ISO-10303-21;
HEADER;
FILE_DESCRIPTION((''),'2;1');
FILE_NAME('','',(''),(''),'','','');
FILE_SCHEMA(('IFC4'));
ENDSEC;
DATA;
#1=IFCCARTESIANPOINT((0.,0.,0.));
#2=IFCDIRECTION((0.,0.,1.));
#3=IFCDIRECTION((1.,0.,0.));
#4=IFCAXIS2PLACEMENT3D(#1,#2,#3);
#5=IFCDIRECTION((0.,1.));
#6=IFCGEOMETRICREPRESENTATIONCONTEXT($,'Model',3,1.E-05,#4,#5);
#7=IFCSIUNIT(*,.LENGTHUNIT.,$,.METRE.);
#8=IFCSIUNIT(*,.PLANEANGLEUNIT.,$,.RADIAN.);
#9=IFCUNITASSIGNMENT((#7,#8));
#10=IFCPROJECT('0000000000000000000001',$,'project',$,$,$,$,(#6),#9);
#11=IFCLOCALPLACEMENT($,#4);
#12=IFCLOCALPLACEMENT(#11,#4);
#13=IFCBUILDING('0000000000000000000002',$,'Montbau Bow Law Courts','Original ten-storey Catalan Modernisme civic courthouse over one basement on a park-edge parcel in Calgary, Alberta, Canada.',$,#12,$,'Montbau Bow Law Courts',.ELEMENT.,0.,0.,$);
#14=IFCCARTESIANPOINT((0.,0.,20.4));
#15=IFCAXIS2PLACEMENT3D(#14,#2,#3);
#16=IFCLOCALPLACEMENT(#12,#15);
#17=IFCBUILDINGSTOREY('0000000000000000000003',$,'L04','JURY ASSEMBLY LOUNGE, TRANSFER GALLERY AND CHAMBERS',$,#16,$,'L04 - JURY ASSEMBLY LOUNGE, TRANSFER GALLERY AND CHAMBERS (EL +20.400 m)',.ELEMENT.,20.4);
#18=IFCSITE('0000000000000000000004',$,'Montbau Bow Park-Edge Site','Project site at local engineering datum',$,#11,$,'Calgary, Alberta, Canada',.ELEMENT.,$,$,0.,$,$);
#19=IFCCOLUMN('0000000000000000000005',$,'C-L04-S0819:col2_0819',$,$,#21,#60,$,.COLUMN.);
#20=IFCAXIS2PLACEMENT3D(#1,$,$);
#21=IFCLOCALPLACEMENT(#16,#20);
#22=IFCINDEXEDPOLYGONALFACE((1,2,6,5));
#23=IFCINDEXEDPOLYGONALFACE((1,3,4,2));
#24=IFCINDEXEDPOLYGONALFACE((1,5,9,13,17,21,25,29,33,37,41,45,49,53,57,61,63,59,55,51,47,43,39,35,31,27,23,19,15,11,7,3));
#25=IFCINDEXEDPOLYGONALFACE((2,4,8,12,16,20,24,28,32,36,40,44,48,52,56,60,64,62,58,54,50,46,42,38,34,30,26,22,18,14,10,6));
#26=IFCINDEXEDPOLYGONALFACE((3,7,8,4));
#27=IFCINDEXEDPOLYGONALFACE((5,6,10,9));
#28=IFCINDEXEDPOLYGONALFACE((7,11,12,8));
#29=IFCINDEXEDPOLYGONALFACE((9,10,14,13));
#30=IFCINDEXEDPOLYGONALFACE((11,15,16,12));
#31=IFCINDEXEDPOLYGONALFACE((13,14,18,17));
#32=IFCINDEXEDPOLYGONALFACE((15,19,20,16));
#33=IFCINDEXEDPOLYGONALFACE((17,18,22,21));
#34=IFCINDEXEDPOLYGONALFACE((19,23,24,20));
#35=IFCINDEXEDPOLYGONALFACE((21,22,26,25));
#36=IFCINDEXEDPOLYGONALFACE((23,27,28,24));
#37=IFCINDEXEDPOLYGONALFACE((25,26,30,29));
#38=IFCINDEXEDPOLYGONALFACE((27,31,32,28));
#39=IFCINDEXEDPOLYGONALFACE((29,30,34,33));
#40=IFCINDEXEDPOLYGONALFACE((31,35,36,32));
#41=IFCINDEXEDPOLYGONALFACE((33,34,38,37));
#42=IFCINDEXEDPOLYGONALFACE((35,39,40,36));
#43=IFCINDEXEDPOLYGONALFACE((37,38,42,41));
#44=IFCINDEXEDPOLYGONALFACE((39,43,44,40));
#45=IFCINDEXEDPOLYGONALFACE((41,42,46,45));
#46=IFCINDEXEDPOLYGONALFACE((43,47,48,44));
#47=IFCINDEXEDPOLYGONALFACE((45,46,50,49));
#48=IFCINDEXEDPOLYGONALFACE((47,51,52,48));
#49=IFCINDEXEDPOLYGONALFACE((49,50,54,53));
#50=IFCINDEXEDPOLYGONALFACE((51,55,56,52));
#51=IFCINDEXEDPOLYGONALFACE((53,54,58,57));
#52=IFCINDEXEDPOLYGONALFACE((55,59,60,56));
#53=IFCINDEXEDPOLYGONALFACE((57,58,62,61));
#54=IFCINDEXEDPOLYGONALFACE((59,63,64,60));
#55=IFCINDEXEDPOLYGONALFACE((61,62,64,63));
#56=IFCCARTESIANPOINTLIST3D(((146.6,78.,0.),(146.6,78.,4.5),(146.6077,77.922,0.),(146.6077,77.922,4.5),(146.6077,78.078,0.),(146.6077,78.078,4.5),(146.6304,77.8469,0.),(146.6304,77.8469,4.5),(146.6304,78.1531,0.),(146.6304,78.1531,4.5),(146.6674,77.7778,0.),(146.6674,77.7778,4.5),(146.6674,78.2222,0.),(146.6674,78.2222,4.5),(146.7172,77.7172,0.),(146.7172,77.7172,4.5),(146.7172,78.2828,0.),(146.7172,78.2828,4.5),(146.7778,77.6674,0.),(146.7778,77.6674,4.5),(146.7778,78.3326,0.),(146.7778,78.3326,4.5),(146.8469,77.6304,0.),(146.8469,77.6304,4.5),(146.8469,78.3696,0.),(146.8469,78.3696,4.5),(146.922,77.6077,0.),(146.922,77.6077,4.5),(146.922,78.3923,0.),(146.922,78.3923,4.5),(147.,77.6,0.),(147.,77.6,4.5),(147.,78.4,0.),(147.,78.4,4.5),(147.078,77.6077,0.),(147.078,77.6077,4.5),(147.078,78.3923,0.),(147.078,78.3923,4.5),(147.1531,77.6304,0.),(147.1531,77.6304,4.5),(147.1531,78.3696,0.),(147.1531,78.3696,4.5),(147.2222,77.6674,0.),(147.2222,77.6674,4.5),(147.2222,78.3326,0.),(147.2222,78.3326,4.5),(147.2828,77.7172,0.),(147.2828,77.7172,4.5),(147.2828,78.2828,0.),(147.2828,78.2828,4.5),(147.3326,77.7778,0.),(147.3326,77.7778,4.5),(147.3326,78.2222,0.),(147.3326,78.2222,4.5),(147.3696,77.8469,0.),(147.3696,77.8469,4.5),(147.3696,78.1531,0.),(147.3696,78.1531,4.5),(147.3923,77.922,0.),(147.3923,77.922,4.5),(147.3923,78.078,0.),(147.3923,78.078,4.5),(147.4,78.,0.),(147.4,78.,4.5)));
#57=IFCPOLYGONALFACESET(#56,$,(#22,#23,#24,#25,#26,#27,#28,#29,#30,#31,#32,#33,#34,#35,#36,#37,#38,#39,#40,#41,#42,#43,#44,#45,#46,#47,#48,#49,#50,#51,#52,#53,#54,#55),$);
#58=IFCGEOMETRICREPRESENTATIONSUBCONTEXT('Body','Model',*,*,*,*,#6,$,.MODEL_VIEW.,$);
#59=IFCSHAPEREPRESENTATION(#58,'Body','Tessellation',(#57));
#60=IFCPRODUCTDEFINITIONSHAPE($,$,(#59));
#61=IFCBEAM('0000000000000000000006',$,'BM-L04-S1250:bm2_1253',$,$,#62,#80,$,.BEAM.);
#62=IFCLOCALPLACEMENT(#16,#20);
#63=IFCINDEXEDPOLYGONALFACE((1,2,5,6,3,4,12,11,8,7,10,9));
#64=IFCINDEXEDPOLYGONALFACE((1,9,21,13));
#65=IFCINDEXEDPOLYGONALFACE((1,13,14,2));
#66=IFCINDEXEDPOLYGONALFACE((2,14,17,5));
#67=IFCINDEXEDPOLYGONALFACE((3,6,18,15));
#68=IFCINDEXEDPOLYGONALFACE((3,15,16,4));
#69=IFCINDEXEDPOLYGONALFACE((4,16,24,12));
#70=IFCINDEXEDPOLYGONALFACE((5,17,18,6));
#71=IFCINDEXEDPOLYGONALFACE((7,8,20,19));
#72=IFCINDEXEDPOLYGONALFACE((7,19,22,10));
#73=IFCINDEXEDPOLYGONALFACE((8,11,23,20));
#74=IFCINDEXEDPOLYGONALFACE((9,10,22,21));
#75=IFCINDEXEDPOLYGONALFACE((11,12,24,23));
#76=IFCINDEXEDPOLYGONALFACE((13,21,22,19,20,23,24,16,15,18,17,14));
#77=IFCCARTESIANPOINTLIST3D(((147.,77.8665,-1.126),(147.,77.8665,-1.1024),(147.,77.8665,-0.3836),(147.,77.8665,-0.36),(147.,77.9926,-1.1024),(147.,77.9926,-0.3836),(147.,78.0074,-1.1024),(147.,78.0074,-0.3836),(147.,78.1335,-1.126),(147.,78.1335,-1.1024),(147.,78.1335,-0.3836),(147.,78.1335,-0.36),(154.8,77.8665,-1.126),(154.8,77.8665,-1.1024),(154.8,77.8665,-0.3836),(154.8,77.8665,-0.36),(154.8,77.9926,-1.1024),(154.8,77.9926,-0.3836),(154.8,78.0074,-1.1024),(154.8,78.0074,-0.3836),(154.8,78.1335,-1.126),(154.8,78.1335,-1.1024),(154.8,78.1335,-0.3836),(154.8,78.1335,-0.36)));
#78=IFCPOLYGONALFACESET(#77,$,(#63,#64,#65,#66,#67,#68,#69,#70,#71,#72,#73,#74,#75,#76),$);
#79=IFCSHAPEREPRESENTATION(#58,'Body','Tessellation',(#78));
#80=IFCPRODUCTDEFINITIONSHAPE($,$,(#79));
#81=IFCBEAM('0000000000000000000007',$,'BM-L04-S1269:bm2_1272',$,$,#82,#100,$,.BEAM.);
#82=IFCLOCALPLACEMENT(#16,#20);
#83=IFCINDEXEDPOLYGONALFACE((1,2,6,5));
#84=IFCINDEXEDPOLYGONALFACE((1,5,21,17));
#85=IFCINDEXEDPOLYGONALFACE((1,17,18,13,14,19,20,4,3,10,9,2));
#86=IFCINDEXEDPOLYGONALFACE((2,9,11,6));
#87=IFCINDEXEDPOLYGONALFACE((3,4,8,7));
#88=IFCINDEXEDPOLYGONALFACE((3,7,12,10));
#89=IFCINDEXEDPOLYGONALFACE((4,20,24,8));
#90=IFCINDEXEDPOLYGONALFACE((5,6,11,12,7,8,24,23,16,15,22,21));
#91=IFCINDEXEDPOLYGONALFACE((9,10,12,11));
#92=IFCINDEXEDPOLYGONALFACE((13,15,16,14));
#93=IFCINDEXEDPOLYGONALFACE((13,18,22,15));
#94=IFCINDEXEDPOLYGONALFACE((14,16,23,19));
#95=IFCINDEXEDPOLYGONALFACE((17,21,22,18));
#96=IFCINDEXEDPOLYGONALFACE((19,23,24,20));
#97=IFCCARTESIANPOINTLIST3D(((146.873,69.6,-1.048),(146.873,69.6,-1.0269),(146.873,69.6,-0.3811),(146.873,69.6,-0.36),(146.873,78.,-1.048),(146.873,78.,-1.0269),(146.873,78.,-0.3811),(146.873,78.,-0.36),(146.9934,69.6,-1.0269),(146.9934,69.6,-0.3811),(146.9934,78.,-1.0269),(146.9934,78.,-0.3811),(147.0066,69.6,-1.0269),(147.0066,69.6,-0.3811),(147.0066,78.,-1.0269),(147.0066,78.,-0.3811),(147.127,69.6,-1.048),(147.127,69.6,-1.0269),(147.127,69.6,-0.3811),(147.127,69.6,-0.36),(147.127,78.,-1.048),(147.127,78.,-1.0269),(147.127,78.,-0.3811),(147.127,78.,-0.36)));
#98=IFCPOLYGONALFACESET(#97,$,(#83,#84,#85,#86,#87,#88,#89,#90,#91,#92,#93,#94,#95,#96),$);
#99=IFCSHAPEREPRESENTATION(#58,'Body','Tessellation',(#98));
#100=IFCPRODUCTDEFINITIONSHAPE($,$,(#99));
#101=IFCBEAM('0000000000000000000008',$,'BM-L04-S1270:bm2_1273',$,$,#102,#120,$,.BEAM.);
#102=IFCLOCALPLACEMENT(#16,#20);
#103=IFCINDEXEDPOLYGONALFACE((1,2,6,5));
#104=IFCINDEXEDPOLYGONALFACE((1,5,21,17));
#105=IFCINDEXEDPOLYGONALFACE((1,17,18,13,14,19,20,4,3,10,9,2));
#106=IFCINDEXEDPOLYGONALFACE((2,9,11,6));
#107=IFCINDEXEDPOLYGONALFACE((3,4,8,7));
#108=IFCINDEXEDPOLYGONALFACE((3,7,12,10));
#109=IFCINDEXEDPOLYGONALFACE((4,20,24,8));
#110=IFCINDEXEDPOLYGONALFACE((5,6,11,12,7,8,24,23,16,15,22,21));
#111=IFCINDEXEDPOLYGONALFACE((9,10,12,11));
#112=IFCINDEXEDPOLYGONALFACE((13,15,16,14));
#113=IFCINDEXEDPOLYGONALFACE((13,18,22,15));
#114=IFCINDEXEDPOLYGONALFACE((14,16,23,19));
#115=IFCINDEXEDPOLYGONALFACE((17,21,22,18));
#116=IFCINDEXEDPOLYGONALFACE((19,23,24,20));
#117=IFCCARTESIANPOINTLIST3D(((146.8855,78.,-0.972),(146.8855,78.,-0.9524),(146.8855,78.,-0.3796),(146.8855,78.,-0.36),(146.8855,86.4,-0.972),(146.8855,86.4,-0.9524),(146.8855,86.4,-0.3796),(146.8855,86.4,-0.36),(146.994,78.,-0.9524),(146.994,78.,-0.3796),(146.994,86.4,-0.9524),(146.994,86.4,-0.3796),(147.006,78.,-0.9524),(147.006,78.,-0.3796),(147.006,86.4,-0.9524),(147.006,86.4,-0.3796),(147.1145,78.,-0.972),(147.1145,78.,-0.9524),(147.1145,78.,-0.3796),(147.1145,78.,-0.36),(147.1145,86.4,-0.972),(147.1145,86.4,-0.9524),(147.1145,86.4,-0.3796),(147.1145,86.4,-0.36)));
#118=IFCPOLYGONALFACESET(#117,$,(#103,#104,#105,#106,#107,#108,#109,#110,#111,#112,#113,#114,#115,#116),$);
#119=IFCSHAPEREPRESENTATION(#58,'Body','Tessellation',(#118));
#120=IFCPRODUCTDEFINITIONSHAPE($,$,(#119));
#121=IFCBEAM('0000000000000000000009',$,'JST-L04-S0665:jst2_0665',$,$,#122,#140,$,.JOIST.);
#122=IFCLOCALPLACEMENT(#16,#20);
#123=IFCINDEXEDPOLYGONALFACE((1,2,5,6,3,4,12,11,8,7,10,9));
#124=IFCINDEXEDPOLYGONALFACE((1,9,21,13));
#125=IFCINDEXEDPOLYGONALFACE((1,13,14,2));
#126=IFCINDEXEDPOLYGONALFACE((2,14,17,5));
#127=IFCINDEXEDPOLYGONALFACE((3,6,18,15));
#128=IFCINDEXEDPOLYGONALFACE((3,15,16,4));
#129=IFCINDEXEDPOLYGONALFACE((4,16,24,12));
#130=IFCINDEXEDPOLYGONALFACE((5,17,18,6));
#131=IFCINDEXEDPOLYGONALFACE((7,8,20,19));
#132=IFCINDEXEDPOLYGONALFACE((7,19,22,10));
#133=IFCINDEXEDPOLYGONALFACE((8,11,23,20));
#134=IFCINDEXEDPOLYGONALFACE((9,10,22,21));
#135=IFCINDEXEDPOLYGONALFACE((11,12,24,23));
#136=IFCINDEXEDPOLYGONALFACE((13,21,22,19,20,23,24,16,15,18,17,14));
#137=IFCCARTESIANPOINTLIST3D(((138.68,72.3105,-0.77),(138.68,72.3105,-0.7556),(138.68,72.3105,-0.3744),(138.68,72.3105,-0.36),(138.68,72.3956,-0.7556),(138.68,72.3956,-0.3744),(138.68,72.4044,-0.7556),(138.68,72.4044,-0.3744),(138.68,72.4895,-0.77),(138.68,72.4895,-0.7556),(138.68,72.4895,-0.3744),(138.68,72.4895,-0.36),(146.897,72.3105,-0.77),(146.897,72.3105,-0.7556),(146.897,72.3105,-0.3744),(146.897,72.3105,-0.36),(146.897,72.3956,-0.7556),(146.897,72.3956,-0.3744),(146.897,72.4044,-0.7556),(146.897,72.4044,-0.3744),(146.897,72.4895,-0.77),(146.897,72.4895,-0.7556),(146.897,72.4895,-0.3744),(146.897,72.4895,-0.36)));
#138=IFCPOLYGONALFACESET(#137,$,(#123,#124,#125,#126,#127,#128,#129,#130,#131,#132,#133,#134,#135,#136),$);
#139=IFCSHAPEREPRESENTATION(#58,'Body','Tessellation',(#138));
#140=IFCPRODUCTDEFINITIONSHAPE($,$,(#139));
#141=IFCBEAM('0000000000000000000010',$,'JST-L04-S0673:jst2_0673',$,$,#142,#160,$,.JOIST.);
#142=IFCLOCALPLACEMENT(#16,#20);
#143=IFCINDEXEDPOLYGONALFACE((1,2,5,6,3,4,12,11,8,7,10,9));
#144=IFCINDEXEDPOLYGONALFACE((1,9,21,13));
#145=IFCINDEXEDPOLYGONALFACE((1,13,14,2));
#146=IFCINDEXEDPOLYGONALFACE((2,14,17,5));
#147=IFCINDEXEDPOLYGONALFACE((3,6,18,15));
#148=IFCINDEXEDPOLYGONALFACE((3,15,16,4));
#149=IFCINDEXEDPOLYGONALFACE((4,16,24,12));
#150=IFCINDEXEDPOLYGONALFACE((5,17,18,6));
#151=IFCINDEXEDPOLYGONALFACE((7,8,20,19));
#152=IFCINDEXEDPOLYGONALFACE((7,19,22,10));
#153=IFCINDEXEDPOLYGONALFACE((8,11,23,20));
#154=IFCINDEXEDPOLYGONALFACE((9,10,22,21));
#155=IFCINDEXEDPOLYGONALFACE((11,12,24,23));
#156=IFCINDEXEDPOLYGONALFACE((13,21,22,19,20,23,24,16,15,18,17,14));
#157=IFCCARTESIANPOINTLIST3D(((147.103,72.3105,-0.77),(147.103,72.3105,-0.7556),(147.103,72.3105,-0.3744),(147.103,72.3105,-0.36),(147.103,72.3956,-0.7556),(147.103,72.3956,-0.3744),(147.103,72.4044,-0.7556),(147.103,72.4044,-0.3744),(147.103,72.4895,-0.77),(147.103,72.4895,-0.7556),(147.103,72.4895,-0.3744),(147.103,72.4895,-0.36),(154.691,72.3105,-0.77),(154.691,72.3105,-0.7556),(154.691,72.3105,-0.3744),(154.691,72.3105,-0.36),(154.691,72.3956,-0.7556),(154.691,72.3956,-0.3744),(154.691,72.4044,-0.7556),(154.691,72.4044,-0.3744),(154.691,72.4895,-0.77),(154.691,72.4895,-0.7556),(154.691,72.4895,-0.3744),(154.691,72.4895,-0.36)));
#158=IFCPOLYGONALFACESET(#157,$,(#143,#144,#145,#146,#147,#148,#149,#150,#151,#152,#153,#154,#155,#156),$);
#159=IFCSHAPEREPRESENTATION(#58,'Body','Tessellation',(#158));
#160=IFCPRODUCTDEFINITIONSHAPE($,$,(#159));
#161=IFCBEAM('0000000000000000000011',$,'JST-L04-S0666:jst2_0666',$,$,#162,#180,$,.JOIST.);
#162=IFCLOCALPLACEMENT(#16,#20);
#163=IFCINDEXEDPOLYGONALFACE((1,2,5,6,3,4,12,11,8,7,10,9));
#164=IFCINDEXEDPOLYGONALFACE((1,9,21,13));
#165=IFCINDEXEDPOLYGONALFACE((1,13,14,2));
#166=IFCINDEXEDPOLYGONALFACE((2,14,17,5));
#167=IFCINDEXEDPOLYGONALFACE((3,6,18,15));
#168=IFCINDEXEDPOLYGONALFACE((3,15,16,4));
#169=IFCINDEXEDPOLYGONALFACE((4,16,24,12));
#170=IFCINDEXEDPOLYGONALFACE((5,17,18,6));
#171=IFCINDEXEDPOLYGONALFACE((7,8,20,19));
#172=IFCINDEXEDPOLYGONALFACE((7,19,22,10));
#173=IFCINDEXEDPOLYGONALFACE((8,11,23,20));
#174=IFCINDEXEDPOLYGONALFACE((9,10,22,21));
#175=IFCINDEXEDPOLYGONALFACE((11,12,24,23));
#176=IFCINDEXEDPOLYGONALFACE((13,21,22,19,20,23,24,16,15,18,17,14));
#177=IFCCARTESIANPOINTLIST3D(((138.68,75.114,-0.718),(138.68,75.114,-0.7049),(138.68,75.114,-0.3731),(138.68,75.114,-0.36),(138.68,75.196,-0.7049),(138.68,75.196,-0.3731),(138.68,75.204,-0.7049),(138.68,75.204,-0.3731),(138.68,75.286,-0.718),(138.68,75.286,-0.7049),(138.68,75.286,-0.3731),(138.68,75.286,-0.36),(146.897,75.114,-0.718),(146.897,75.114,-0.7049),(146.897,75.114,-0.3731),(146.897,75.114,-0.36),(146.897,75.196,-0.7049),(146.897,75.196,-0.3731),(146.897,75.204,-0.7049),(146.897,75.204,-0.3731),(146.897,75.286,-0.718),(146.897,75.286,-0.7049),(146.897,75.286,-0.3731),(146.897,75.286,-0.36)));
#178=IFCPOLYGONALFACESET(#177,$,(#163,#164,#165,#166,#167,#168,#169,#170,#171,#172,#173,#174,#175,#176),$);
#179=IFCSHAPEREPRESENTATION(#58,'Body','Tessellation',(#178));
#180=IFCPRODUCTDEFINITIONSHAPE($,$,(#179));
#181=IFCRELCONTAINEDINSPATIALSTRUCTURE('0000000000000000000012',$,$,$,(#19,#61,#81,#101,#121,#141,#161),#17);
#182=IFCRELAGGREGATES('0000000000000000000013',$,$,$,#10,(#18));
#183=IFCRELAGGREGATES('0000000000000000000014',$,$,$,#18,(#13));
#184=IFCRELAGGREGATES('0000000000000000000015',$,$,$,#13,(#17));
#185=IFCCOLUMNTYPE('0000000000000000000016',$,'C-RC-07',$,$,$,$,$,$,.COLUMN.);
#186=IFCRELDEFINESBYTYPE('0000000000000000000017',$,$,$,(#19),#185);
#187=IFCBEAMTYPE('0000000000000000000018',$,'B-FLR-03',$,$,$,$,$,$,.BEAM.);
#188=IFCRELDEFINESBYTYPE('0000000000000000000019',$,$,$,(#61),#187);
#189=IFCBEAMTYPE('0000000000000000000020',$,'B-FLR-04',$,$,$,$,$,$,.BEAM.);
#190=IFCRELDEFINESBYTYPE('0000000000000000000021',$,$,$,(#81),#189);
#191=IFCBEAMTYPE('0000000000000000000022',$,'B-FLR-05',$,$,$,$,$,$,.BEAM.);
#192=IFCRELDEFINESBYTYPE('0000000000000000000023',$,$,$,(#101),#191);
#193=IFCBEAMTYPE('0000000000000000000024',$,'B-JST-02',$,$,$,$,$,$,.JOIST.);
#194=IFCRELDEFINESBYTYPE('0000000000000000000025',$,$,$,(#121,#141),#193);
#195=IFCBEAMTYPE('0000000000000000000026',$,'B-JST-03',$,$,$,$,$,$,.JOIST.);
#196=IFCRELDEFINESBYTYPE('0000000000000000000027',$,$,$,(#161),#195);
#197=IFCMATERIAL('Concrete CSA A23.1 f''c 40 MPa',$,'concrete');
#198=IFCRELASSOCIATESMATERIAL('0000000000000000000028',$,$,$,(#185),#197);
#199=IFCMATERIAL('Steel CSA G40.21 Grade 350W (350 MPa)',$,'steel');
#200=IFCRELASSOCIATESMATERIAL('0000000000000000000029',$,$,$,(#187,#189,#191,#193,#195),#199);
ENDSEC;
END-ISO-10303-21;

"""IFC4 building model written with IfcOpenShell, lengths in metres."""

from ifc_helpers import new_model, si_unit, direction, frame, origin_with_axes, origin_2d_with_axis, place, context, subcontext, project, spatial, circle, i_section, extrude, material, material_profile, profile_set, type_object, element, save


model = new_model("IFC4")

# Units and contexts
model_context = context("Model", 3, precision=1e-05, world=origin_with_axes(), true_north=direction((0.0, 1.0)))
body_context = subcontext(model_context, "Body", "Model", "MODEL_VIEW")
ifc_project = project(units=[si_unit("LENGTHUNIT", "METRE"), si_unit("PLANEANGLEUNIT", "RADIAN")], contexts=[model_context])

# Site, building, storey
site_placement = place(None, origin_with_axes())
site = spatial("IfcSite", under=ifc_project, at=site_placement, Name="Montbau Bow Park-Edge Site", Description="Project site at local engineering datum", LongName="Calgary, Alberta, Canada", CompositionType="ELEMENT", RefElevation=0.0)
building_placement = place(site_placement, origin_with_axes())
building = spatial("IfcBuilding", under=site, at=building_placement, Name="Montbau Bow Law Courts", Description="Original ten-storey Catalan Modernisme civic courthouse over one basement on a park-edge parcel in Calgary, Alberta, Canada.", LongName="Montbau Bow Law Courts", CompositionType="ELEMENT", ElevationOfRefHeight=0.0, ElevationOfTerrain=0.0)
storey_placement = place(building_placement, frame((0.0, 0.0, 20.4), z_axis=(0.0, 0.0, 1.0), x_axis=(1.0, 0.0, 0.0)))
storey = spatial("IfcBuildingStorey", under=building, at=storey_placement, Name="L04", Description="JURY ASSEMBLY LOUNGE, TRANSFER GALLERY AND CHAMBERS", LongName="L04 - JURY ASSEMBLY LOUNGE, TRANSFER GALLERY AND CHAMBERS (EL +20.400 m)", CompositionType="ELEMENT", Elevation=20.4)

# Column
ifc_material_1 = material(Name="Concrete CSA A23.1 f'c 40 MPa", Category="concrete")
ifc_material_profile_1 = material_profile(ifc_material_1, circle(Radius=0.4, at=origin_2d_with_axis()), Name="RC800D", Category="Main", Priority=0)
ifc_profile_set_1 = profile_set([ifc_material_profile_1], Name="Concrete CSA A23.1 f'c 40 MPa")
column_type = type_object("IfcColumnType", Name="C-RC-07", PredefinedType="COLUMN", material=ifc_profile_set_1)
column_placement = place(None, frame((147.0, 78.0, 20.4), z_axis=(0.0, 0.0, 1.0), x_axis=(1.0, 0.0, 0.0)))
element("IfcColumn", 1, at=column_placement, inside=storey, type_object=column_type, Name="C-L04-S0819:col2_0819", PredefinedType="COLUMN", context=body_context, shape_type="SweptSolid", body=[
    extrude(circle(Radius=0.4, at=origin_2d_with_axis()), origin_with_axes(), (0.0, 0.0, 1.0), 4.5),
])

# Beams
ifc_material_2 = material(Name="Steel CSA G40.21 Grade 350W (350 MPa)", Category="steel")
ifc_material_profile_2 = material_profile(ifc_material_2, i_section(OverallWidth=0.267, OverallDepth=0.766, WebThickness=0.0149, FlangeThickness=0.0236, at=origin_2d_with_axis()), Name="W760X185", Category="Main", Priority=0)
ifc_profile_set_2 = profile_set([ifc_material_profile_2], Name="Steel CSA G40.21 Grade 350W (350 MPa)")
beam_type_1 = type_object("IfcBeamType", Name="B-FLR-03", PredefinedType="BEAM", material=ifc_profile_set_2)
beam_1_placement = place(None, frame((147.0, 78.0, 19.657), z_axis=(1.0, 0.0, 0.0), x_axis=(0.0, 1.0, 0.0)))
element("IfcBeam", 2, at=beam_1_placement, inside=storey, type_object=beam_type_1, Name="BM-L04-S1250:bm2_1253", PredefinedType="BEAM", context=body_context, shape_type="SweptSolid", body=[
    extrude(i_section(OverallWidth=0.267, OverallDepth=0.766, WebThickness=0.0149, FlangeThickness=0.0236, at=origin_2d_with_axis()), origin_with_axes(), (0.0, 0.0, 1.0), 7.8),
])
ifc_material_profile_3 = material_profile(ifc_material_2, i_section(OverallWidth=0.254, OverallDepth=0.688, WebThickness=0.0131, FlangeThickness=0.0211, at=origin_2d_with_axis()), Name="W690X152", Category="Main", Priority=0)
ifc_profile_set_3 = profile_set([ifc_material_profile_3], Name="Steel CSA G40.21 Grade 350W (350 MPa)")
beam_type_2 = type_object("IfcBeamType", Name="B-FLR-04", PredefinedType="BEAM", material=ifc_profile_set_3)
beam_2_placement = place(None, frame((147.0, 69.6, 19.696), z_axis=(0.0, 1.0, 0.0), x_axis=(-1.0, 0.0, 0.0)))
element("IfcBeam", 3, at=beam_2_placement, inside=storey, type_object=beam_type_2, Name="BM-L04-S1269:bm2_1272", PredefinedType="BEAM", context=body_context, shape_type="SweptSolid", body=[
    extrude(i_section(OverallWidth=0.254, OverallDepth=0.688, WebThickness=0.0131, FlangeThickness=0.0211, at=origin_2d_with_axis()), origin_with_axes(), (0.0, 0.0, 1.0), 8.4),
])
ifc_material_profile_4 = material_profile(ifc_material_2, i_section(OverallWidth=0.229, OverallDepth=0.612, WebThickness=0.0119, FlangeThickness=0.0196, at=origin_2d_with_axis()), Name="W610X125", Category="Main", Priority=0)
ifc_profile_set_4 = profile_set([ifc_material_profile_4], Name="Steel CSA G40.21 Grade 350W (350 MPa)")
beam_type_3 = type_object("IfcBeamType", Name="B-FLR-05", PredefinedType="BEAM", material=ifc_profile_set_4)
beam_3_placement = place(None, frame((147.0, 78.0, 19.734), z_axis=(0.0, 1.0, 0.0), x_axis=(-1.0, 0.0, 0.0)))
element("IfcBeam", 4, at=beam_3_placement, inside=storey, type_object=beam_type_3, Name="BM-L04-S1270:bm2_1273", PredefinedType="BEAM", context=body_context, shape_type="SweptSolid", body=[
    extrude(i_section(OverallWidth=0.229, OverallDepth=0.612, WebThickness=0.0119, FlangeThickness=0.0196, at=origin_2d_with_axis()), origin_with_axes(), (0.0, 0.0, 1.0), 8.4),
])
ifc_material_profile_5 = material_profile(ifc_material_2, i_section(OverallWidth=0.179, OverallDepth=0.41, WebThickness=0.0088, FlangeThickness=0.0144, at=origin_2d_with_axis()), Name="W410X67", Category="Main", Priority=0)
ifc_profile_set_5 = profile_set([ifc_material_profile_5], Name="Steel CSA G40.21 Grade 350W (350 MPa)")
beam_type_4 = type_object("IfcBeamType", Name="B-JST-02", PredefinedType="JOIST", material=ifc_profile_set_5)
beam_4_placement = place(None, frame((138.68, 72.4, 19.835), z_axis=(1.0, 0.0, 0.0), x_axis=(0.0, 1.0, 0.0)))
element("IfcBeam", 5, at=beam_4_placement, inside=storey, type_object=beam_type_4, Name="JST-L04-S0665:jst2_0665", PredefinedType="JOIST", context=body_context, shape_type="SweptSolid", body=[
    extrude(i_section(OverallWidth=0.179, OverallDepth=0.41, WebThickness=0.0088, FlangeThickness=0.0144, at=origin_2d_with_axis()), origin_with_axes(), (0.0, 0.0, 1.0), 8.217),
])
beam_5_placement = place(None, frame((147.103, 72.4, 19.835), z_axis=(1.0, 0.0, 0.0), x_axis=(0.0, 1.0, 0.0)))
element("IfcBeam", 6, at=beam_5_placement, inside=storey, type_object=beam_type_4, Name="JST-L04-S0673:jst2_0673", PredefinedType="JOIST", context=body_context, shape_type="SweptSolid", body=[
    extrude(i_section(OverallWidth=0.179, OverallDepth=0.41, WebThickness=0.0088, FlangeThickness=0.0144, at=origin_2d_with_axis()), origin_with_axes(), (0.0, 0.0, 1.0), 7.588),
])
ifc_material_profile_6 = material_profile(ifc_material_2, i_section(OverallWidth=0.172, OverallDepth=0.358, WebThickness=0.0079, FlangeThickness=0.0131, at=origin_2d_with_axis()), Name="W360X57", Category="Main", Priority=0)
ifc_profile_set_6 = profile_set([ifc_material_profile_6], Name="Steel CSA G40.21 Grade 350W (350 MPa)")
beam_type_5 = type_object("IfcBeamType", Name="B-JST-03", PredefinedType="JOIST", material=ifc_profile_set_6)
beam_6_placement = place(None, frame((138.68, 75.2, 19.861), z_axis=(1.0, 0.0, 0.0), x_axis=(0.0, 1.0, 0.0)))
element("IfcBeam", 7, at=beam_6_placement, inside=storey, type_object=beam_type_5, Name="JST-L04-S0666:jst2_0666", PredefinedType="JOIST", context=body_context, shape_type="SweptSolid", body=[
    extrude(i_section(OverallWidth=0.172, OverallDepth=0.358, WebThickness=0.0079, FlangeThickness=0.0131, at=origin_2d_with_axis()), origin_with_axes(), (0.0, 0.0, 1.0), 8.217),
])

save(model, "model.ifc")
